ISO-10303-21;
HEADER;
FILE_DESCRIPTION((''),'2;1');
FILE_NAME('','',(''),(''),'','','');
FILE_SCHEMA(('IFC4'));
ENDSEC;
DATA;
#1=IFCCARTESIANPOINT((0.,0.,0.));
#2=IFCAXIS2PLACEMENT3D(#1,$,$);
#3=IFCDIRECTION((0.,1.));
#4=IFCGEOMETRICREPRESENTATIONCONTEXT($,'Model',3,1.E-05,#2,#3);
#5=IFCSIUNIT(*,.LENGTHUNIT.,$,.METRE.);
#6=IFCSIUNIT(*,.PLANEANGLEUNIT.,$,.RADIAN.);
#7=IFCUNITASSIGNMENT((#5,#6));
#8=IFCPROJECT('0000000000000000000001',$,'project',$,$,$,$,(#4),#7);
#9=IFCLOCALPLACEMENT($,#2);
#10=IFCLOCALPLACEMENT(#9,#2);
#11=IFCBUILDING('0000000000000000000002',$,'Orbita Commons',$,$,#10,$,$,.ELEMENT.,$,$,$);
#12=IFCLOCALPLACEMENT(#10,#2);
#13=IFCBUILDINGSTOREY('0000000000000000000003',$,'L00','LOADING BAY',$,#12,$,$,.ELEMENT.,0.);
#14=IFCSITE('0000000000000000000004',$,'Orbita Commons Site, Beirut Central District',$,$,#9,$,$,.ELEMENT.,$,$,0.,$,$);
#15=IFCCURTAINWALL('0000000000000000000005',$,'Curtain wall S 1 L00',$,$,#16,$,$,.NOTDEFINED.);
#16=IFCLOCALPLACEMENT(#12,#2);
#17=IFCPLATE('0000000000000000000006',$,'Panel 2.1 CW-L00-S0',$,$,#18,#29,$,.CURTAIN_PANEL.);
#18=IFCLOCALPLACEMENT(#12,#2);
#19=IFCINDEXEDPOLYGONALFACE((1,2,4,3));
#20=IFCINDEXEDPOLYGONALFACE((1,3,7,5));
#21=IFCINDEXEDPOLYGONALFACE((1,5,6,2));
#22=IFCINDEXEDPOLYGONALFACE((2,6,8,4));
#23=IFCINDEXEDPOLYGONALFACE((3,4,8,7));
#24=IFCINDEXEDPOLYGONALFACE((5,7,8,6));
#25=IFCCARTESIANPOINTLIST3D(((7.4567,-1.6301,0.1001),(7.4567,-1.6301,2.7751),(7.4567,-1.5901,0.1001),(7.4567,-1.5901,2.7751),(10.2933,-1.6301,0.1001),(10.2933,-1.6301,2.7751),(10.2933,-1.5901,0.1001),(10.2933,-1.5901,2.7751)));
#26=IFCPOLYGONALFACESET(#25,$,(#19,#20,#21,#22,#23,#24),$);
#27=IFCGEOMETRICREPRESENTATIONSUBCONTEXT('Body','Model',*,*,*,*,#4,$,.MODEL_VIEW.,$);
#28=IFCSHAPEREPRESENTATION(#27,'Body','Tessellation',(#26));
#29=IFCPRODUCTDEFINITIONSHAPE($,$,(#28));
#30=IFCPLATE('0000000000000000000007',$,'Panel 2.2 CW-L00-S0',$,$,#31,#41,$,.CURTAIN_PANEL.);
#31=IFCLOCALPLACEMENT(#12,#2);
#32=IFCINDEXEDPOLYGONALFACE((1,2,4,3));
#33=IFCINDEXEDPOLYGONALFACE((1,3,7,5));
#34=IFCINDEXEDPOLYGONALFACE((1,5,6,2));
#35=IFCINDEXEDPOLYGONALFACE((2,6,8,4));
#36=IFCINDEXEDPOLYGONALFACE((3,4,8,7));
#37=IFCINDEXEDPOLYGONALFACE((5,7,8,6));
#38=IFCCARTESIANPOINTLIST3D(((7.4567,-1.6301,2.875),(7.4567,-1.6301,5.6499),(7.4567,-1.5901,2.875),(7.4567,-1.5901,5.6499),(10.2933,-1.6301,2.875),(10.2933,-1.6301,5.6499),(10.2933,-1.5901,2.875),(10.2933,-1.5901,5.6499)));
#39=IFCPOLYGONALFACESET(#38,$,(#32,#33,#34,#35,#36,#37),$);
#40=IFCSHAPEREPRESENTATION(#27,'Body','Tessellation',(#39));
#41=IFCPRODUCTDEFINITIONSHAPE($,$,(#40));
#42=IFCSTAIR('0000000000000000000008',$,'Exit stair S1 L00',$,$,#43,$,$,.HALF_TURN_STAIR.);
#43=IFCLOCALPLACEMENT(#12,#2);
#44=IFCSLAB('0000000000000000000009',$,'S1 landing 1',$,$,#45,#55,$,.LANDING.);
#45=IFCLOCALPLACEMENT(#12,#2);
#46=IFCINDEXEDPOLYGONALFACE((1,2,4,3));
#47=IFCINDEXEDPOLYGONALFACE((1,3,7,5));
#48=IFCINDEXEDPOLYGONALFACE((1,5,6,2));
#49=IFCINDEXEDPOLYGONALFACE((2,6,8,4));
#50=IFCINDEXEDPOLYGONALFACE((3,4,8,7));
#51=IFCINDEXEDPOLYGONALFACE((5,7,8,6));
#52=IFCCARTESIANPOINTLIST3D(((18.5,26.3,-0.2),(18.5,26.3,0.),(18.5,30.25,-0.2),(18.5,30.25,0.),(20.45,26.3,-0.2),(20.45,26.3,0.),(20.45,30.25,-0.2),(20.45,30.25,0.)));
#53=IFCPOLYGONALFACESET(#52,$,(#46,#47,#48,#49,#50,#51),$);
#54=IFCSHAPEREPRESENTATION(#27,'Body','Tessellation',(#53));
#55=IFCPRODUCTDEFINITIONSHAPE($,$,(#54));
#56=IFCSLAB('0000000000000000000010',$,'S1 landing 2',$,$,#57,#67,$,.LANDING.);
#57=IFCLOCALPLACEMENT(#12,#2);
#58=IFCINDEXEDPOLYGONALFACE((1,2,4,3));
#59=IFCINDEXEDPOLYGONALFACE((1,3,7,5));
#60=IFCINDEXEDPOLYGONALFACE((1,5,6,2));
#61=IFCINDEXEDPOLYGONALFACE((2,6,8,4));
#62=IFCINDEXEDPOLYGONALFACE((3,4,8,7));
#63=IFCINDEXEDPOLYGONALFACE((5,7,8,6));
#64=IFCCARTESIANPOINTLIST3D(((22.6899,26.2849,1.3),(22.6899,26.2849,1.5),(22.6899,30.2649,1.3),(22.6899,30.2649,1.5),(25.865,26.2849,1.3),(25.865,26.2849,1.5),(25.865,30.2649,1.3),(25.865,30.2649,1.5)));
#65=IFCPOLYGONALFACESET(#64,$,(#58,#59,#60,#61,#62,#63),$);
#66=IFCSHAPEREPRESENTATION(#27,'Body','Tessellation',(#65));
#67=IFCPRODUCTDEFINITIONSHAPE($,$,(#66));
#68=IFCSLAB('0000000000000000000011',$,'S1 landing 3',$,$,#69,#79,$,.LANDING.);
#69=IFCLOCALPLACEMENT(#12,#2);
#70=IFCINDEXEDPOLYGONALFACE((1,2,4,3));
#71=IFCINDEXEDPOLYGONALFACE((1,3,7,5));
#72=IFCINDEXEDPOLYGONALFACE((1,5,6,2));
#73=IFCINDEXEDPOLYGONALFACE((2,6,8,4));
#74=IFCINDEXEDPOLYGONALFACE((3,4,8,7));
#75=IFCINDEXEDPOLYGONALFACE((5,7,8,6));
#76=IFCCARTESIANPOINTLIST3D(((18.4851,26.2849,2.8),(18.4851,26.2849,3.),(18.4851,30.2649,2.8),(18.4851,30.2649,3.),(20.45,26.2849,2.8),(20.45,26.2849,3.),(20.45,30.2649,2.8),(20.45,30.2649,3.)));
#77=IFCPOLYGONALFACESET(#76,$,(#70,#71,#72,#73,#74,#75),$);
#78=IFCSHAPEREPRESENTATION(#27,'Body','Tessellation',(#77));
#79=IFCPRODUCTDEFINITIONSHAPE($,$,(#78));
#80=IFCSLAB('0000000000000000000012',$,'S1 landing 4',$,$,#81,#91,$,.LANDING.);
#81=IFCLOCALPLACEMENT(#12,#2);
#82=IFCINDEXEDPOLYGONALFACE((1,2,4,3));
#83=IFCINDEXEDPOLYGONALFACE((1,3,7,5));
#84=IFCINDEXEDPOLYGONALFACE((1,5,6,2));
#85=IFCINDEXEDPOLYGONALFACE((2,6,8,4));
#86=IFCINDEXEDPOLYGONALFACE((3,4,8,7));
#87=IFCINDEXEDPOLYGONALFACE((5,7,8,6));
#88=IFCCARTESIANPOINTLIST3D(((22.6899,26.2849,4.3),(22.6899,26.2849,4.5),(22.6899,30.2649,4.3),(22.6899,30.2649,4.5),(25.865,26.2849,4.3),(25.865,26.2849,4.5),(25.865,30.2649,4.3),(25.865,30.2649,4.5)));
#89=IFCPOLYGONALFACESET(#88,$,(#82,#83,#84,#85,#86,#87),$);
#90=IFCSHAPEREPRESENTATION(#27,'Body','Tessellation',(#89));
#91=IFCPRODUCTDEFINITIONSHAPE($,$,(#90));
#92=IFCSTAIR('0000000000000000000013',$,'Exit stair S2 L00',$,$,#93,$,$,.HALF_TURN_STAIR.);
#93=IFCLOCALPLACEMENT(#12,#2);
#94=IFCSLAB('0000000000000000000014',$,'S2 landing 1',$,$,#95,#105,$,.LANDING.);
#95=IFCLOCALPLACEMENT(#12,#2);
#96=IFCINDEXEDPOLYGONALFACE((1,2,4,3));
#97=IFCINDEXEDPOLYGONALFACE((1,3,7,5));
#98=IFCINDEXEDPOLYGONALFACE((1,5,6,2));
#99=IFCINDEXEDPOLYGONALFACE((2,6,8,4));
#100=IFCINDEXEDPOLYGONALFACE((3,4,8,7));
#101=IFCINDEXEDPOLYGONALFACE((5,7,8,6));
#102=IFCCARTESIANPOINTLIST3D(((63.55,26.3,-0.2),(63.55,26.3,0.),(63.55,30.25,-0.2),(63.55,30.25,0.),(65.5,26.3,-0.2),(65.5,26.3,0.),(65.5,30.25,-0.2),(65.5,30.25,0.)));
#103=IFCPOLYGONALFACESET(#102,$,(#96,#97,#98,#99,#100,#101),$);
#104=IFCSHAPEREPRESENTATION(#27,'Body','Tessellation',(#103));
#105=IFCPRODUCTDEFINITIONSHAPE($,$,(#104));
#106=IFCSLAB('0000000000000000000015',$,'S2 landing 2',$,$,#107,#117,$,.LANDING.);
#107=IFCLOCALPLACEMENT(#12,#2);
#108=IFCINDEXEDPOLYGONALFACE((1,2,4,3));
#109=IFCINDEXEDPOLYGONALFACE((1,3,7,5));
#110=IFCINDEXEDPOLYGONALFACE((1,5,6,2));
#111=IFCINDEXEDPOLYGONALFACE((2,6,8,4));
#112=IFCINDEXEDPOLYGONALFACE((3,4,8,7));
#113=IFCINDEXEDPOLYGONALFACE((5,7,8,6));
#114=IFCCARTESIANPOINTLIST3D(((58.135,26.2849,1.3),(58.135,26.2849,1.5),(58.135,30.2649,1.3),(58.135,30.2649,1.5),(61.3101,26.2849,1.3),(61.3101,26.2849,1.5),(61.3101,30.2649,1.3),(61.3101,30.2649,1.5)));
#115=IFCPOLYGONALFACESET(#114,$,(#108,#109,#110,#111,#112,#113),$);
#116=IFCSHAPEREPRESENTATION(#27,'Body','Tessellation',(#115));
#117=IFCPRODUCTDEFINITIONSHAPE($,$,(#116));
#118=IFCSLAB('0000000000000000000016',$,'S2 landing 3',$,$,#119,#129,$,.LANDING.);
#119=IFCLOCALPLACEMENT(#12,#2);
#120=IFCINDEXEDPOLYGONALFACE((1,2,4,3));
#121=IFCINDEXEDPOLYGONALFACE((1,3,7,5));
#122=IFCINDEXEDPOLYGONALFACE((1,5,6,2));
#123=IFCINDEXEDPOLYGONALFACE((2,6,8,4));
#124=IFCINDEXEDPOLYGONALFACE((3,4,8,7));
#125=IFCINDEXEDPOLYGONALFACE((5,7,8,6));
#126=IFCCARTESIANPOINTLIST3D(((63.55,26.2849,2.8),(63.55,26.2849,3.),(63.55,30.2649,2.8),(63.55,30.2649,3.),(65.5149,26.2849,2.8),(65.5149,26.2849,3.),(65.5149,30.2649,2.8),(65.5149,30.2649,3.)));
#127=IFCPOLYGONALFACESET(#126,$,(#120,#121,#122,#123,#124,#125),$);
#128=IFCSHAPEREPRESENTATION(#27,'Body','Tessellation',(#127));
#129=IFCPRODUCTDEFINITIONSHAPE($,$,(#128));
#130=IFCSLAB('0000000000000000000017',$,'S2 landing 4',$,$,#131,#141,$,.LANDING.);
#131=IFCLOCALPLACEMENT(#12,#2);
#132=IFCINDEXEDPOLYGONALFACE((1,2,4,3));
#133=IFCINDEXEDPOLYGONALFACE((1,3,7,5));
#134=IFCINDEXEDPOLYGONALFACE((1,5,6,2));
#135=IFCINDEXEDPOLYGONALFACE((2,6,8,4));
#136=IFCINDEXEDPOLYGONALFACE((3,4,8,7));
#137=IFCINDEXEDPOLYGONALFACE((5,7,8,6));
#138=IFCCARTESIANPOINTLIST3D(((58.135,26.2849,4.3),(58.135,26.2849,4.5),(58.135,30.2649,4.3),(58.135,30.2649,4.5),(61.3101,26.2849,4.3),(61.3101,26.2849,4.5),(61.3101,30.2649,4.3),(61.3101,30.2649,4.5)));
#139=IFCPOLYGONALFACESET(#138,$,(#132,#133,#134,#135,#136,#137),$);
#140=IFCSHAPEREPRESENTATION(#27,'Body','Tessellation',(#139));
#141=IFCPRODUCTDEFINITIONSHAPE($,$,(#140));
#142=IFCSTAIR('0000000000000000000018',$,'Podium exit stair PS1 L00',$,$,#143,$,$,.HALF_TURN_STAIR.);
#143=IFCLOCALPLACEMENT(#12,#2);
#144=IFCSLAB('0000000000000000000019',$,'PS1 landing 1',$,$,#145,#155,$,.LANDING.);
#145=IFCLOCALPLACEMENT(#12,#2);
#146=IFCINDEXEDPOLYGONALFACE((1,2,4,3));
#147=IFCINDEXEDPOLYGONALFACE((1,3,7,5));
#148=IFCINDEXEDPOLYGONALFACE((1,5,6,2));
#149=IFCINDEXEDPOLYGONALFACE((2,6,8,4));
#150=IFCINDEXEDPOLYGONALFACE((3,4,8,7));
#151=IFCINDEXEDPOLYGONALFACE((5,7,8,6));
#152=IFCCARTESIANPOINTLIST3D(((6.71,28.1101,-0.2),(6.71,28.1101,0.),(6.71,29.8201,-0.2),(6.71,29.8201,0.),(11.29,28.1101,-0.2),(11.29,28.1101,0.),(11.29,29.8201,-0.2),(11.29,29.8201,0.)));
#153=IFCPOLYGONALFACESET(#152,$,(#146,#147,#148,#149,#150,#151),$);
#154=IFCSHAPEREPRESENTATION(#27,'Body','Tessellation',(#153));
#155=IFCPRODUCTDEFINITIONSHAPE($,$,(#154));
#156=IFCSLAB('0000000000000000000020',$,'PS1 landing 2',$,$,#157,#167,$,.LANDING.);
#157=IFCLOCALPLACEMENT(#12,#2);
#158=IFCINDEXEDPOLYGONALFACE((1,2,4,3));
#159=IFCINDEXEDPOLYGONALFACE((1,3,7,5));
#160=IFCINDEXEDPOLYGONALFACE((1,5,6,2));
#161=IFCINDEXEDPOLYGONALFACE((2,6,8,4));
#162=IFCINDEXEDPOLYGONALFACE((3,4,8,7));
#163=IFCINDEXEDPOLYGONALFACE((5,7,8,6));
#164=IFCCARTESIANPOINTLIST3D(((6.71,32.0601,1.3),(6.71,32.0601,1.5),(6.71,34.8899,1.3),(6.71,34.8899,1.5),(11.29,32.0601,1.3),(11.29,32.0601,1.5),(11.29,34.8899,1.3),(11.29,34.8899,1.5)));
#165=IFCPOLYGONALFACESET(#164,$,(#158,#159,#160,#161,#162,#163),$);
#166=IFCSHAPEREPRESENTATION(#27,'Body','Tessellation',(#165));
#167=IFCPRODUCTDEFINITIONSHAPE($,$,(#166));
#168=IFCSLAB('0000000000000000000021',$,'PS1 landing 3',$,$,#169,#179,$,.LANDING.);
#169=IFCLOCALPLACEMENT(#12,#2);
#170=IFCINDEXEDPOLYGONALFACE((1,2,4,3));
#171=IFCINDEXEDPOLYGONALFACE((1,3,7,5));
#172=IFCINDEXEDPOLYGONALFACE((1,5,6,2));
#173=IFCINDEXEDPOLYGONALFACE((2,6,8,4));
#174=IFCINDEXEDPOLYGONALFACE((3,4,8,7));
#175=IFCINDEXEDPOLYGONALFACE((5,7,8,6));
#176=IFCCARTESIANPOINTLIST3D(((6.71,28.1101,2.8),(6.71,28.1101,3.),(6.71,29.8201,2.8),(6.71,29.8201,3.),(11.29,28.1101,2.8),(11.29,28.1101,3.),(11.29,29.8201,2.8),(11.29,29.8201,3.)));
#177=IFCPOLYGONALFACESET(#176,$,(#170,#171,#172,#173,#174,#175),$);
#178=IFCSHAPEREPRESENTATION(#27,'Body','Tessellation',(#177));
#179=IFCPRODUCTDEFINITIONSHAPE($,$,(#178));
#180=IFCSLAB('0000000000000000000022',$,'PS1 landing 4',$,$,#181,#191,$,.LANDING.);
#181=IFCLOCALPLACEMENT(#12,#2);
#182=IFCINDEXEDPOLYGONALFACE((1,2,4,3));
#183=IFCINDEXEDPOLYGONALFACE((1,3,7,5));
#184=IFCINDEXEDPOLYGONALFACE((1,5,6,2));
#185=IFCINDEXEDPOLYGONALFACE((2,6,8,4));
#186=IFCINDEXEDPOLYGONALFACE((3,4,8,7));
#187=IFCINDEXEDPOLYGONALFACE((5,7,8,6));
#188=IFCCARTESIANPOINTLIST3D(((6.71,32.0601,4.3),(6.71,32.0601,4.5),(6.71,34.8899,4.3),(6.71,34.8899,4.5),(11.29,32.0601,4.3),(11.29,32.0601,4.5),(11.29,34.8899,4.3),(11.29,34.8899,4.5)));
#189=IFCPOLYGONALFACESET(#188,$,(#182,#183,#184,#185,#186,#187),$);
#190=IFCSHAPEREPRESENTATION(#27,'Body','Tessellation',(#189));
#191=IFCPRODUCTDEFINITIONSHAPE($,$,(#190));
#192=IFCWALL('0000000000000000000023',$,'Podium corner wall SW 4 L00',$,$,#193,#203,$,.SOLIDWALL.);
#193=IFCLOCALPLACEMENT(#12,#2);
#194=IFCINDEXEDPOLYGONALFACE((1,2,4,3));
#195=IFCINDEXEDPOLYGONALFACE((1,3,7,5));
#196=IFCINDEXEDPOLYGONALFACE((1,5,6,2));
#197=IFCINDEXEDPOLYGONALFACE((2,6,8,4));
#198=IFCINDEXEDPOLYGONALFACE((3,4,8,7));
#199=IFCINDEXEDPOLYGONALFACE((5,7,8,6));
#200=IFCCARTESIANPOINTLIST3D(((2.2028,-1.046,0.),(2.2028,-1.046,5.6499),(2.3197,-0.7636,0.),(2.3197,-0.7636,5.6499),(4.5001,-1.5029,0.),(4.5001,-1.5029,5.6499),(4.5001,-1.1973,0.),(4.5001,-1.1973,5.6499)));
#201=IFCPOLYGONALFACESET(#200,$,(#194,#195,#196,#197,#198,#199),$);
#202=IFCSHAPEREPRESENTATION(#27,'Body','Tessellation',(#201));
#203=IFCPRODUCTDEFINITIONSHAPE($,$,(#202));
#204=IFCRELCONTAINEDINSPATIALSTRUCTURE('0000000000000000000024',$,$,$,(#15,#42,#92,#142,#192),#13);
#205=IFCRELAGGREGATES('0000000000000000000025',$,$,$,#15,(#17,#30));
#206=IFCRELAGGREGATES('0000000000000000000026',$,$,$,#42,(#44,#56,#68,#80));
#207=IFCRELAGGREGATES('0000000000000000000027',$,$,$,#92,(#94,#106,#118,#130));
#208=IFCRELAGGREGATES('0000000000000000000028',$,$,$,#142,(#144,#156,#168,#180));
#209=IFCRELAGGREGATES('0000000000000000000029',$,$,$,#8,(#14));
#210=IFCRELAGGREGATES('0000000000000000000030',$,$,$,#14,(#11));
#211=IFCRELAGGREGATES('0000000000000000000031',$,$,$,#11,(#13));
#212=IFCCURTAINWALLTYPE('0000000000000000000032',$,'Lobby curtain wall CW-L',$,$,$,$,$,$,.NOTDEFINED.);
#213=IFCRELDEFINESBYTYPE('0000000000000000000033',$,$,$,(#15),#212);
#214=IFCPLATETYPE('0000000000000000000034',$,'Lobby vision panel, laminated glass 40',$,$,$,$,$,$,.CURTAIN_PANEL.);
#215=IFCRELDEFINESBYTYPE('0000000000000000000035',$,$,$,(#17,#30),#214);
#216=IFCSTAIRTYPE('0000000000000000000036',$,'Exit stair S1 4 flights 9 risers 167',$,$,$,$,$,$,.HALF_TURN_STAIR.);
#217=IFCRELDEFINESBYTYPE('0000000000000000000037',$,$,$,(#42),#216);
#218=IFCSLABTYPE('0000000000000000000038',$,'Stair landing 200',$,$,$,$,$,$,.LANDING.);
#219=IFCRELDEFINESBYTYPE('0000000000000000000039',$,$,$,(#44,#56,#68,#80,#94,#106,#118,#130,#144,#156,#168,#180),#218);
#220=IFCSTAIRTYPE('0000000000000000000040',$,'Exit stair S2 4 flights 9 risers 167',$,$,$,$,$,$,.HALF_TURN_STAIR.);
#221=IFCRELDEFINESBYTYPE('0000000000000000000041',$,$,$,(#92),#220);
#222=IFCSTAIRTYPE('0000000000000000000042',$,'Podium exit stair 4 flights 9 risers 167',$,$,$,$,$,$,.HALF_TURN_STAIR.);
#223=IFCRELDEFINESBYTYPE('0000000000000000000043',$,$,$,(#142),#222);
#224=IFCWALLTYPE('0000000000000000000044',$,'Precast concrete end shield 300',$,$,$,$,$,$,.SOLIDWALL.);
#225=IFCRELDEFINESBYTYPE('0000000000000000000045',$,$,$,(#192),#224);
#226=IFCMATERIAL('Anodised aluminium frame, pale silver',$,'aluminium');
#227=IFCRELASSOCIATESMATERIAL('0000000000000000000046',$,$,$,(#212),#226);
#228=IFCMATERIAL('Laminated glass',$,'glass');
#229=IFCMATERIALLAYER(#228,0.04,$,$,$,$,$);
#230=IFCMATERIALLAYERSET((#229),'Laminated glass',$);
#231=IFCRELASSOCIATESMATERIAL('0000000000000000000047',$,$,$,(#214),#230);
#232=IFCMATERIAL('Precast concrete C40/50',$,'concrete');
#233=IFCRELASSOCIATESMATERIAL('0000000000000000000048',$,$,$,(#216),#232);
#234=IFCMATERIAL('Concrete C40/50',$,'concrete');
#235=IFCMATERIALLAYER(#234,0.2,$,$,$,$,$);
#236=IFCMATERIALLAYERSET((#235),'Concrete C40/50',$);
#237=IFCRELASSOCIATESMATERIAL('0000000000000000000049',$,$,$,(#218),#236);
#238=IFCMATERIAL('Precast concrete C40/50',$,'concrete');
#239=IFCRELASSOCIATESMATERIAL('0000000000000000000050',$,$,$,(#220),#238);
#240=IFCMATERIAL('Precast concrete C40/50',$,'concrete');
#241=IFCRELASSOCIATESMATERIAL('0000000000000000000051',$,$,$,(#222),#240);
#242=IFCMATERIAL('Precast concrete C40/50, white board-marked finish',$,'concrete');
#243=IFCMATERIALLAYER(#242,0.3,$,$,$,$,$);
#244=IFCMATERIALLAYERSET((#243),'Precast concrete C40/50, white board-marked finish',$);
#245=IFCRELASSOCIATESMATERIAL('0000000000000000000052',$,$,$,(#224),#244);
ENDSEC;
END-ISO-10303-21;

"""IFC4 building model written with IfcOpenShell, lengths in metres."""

from ifc_helpers import new_model, si_unit, direction, frame, origin, origin_2d, place, context, subcontext, project, spatial, polyline, rectangle, outline, extrude, material, layer, layer_set, type_object, element, aggregate, save


model = new_model("IFC4")

# Units and contexts
model_context = context("Model", 3, precision=1e-05, world=origin(), true_north=direction((0.0, 1.0)))
body_context = subcontext(model_context, "Body", "Model", "MODEL_VIEW")
ifc_project = project(units=[si_unit("LENGTHUNIT", "METRE"), si_unit("PLANEANGLEUNIT", "RADIAN")], contexts=[model_context])

# Site, building, storey
site_placement = place(None, origin())
site = spatial("IfcSite", under=ifc_project, at=site_placement, Name="Orbita Commons Site, Beirut Central District", CompositionType="ELEMENT", RefElevation=0.0)
building_placement = place(site_placement, origin())
building = spatial("IfcBuilding", under=site, at=building_placement, Name="Orbita Commons", CompositionType="ELEMENT")
storey_placement = place(building_placement, origin())
storey = spatial("IfcBuildingStorey", under=building, at=storey_placement, Name="L00", Description="LOADING BAY", CompositionType="ELEMENT", Elevation=0.0)

# Curtain wall
ifc_material_1 = material(Name="Anodised aluminium frame, pale silver", Category="aluminium")
curtain_wall_type = type_object("IfcCurtainWallType", Name="Lobby curtain wall CW-L", PredefinedType="NOTDEFINED", material=ifc_material_1)
curtain_wall_placement = place(storey_placement, origin())
curtain_wall = element("IfcCurtainWall", 1, at=curtain_wall_placement, inside=storey, type_object=curtain_wall_type, Name="Curtain wall S 1 L00", PredefinedType="NOTDEFINED")

# Plates
ifc_material_2 = material(Name="Laminated glass", Category="glass")
ifc_layer_1 = layer(ifc_material_2, 0.04)
ifc_layer_set_1 = layer_set([ifc_layer_1], Name="Laminated glass")
plate_type = type_object("IfcPlateType", Name="Lobby vision panel, laminated glass 40", PredefinedType="CURTAIN_PANEL", material=ifc_layer_set_1)
plate_1_placement = place(storey_placement, frame((8.875, -1.6101, 0.1001), z_axis=(0.0, 0.0, 1.0), x_axis=(1.0, 0.0, 0.0)))
plate_1 = element("IfcPlate", 2, at=plate_1_placement, type_object=plate_type, Name="Panel 2.1 CW-L00-S0", PredefinedType="CURTAIN_PANEL", context=body_context, shape_type="SweptSolid", body=[
    extrude(rectangle(XDim=2.8367, YDim=0.04, at=origin_2d()), origin(), (0.0, 0.0, 1.0), 2.675),
])
plate_2_placement = place(storey_placement, frame((8.875, -1.6101, 2.875), z_axis=(0.0, 0.0, 1.0), x_axis=(1.0, 0.0, 0.0)))
plate_2 = element("IfcPlate", 3, at=plate_2_placement, type_object=plate_type, Name="Panel 2.2 CW-L00-S0", PredefinedType="CURTAIN_PANEL", context=body_context, shape_type="SweptSolid", body=[
    extrude(rectangle(XDim=2.8367, YDim=0.04, at=origin_2d()), origin(), (0.0, 0.0, 1.0), 2.7749),
])
aggregate(curtain_wall, [plate_1, plate_2])

# Stairs, slabs
ifc_material_3 = material(Name="Precast concrete C40/50", Category="concrete")
stair_type_1 = type_object("IfcStairType", Name="Exit stair S1 4 flights 9 risers 167", PredefinedType="HALF_TURN_STAIR", material=ifc_material_3)
stair_1_placement = place(storey_placement, origin())
stair_1 = element("IfcStair", 4, at=stair_1_placement, inside=storey, type_object=stair_type_1, Name="Exit stair S1 L00", PredefinedType="HALF_TURN_STAIR")
ifc_material_4 = material(Name="Concrete C40/50", Category="concrete")
ifc_layer_2 = layer(ifc_material_4, 0.2)
ifc_layer_set_2 = layer_set([ifc_layer_2], Name="Concrete C40/50")
slab_type_1 = type_object("IfcSlabType", Name="Stair landing 200", PredefinedType="LANDING", material=ifc_layer_set_2)
slab_1_placement = place(storey_placement, frame((0.0, 0.0, -0.2)))
slab_1 = element("IfcSlab", 5, at=slab_1_placement, type_object=slab_type_1, Name="S1 landing 1", PredefinedType="LANDING", context=body_context, shape_type="SweptSolid", body=[
    extrude(outline(polyline([(18.5, 26.3), (20.45, 26.3), (20.45, 30.25), (18.5, 30.25), (18.5, 26.3)])), origin(), (0.0, 0.0, 1.0), 0.2),
])
slab_2_placement = place(storey_placement, frame((0.0, 0.0, 1.3)))
slab_2 = element("IfcSlab", 6, at=slab_2_placement, type_object=slab_type_1, Name="S1 landing 2", PredefinedType="LANDING", context=body_context, shape_type="SweptSolid", body=[
    extrude(outline(polyline([(22.6899, 26.2849), (25.865, 26.2849), (25.865, 30.2649), (22.6899, 30.2649), (22.6899, 26.2849)])), origin(), (0.0, 0.0, 1.0), 0.2),
])
slab_3_placement = place(storey_placement, frame((0.0, 0.0, 2.8)))
slab_3 = element("IfcSlab", 7, at=slab_3_placement, type_object=slab_type_1, Name="S1 landing 3", PredefinedType="LANDING", context=body_context, shape_type="SweptSolid", body=[
    extrude(outline(polyline([(18.4851, 26.2849), (20.45, 26.2849), (20.45, 30.2649), (18.4851, 30.2649), (18.4851, 26.2849)])), origin(), (0.0, 0.0, 1.0), 0.2),
])
slab_4_placement = place(storey_placement, frame((0.0, 0.0, 4.3)))
slab_4 = element("IfcSlab", 8, at=slab_4_placement, type_object=slab_type_1, Name="S1 landing 4", PredefinedType="LANDING", context=body_context, shape_type="SweptSolid", body=[
    extrude(outline(polyline([(22.6899, 26.2849), (25.865, 26.2849), (25.865, 30.2649), (22.6899, 30.2649), (22.6899, 26.2849)])), origin(), (0.0, 0.0, 1.0), 0.2),
])
aggregate(stair_1, [slab_1, slab_2, slab_3, slab_4])
ifc_material_5 = material(Name="Precast concrete C40/50", Category="concrete")
stair_type_2 = type_object("IfcStairType", Name="Exit stair S2 4 flights 9 risers 167", PredefinedType="HALF_TURN_STAIR", material=ifc_material_5)
stair_2_placement = place(storey_placement, origin())
stair_2 = element("IfcStair", 9, at=stair_2_placement, inside=storey, type_object=stair_type_2, Name="Exit stair S2 L00", PredefinedType="HALF_TURN_STAIR")
slab_5_placement = place(storey_placement, frame((0.0, 0.0, -0.2)))
slab_5 = element("IfcSlab", 10, at=slab_5_placement, type_object=slab_type_1, Name="S2 landing 1", PredefinedType="LANDING", context=body_context, shape_type="SweptSolid", body=[
    extrude(outline(polyline([(63.55, 26.3), (65.5, 26.3), (65.5, 30.25), (63.55, 30.25), (63.55, 26.3)])), origin(), (0.0, 0.0, 1.0), 0.2),
])
slab_6_placement = place(storey_placement, frame((0.0, 0.0, 1.3)))
slab_6 = element("IfcSlab", 11, at=slab_6_placement, type_object=slab_type_1, Name="S2 landing 2", PredefinedType="LANDING", context=body_context, shape_type="SweptSolid", body=[
    extrude(outline(polyline([(58.135, 26.2849), (61.3101, 26.2849), (61.3101, 30.2649), (58.135, 30.2649), (58.135, 26.2849)])), origin(), (0.0, 0.0, 1.0), 0.2),
])
slab_7_placement = place(storey_placement, frame((0.0, 0.0, 2.8)))
slab_7 = element("IfcSlab", 12, at=slab_7_placement, type_object=slab_type_1, Name="S2 landing 3", PredefinedType="LANDING", context=body_context, shape_type="SweptSolid", body=[
    extrude(outline(polyline([(63.55, 26.2849), (65.5149, 26.2849), (65.5149, 30.2649), (63.55, 30.2649), (63.55, 26.2849)])), origin(), (0.0, 0.0, 1.0), 0.2),
])
slab_8_placement = place(storey_placement, frame((0.0, 0.0, 4.3)))
slab_8 = element("IfcSlab", 13, at=slab_8_placement, type_object=slab_type_1, Name="S2 landing 4", PredefinedType="LANDING", context=body_context, shape_type="SweptSolid", body=[
    extrude(outline(polyline([(58.135, 26.2849), (61.3101, 26.2849), (61.3101, 30.2649), (58.135, 30.2649), (58.135, 26.2849)])), origin(), (0.0, 0.0, 1.0), 0.2),
])
aggregate(stair_2, [slab_5, slab_6, slab_7, slab_8])
ifc_material_6 = material(Name="Precast concrete C40/50", Category="concrete")
stair_type_3 = type_object("IfcStairType", Name="Podium exit stair 4 flights 9 risers 167", PredefinedType="HALF_TURN_STAIR", material=ifc_material_6)
stair_3_placement = place(storey_placement, origin())
stair_3 = element("IfcStair", 14, at=stair_3_placement, inside=storey, type_object=stair_type_3, Name="Podium exit stair PS1 L00", PredefinedType="HALF_TURN_STAIR")
slab_9_placement = place(storey_placement, frame((0.0, 0.0, -0.2)))
slab_9 = element("IfcSlab", 15, at=slab_9_placement, type_object=slab_type_1, Name="PS1 landing 1", PredefinedType="LANDING", context=body_context, shape_type="SweptSolid", body=[
    extrude(outline(polyline([(6.71, 28.1101), (11.29, 28.1101), (11.29, 29.8201), (6.71, 29.8201), (6.71, 28.1101)])), origin(), (0.0, 0.0, 1.0), 0.2),
])
slab_10_placement = place(storey_placement, frame((0.0, 0.0, 1.3)))
slab_10 = element("IfcSlab", 16, at=slab_10_placement, type_object=slab_type_1, Name="PS1 landing 2", PredefinedType="LANDING", context=body_context, shape_type="SweptSolid", body=[
    extrude(outline(polyline([(6.71, 32.0601), (11.29, 32.0601), (11.29, 34.8899), (6.71, 34.8899), (6.71, 32.0601)])), origin(), (0.0, 0.0, 1.0), 0.2),
])
slab_11_placement = place(storey_placement, frame((0.0, 0.0, 2.8)))
slab_11 = element("IfcSlab", 17, at=slab_11_placement, type_object=slab_type_1, Name="PS1 landing 3", PredefinedType="LANDING", context=body_context, shape_type="SweptSolid", body=[
    extrude(outline(polyline([(6.71, 28.1101), (11.29, 28.1101), (11.29, 29.8201), (6.71, 29.8201), (6.71, 28.1101)])), origin(), (0.0, 0.0, 1.0), 0.2),
])
slab_12_placement = place(storey_placement, frame((0.0, 0.0, 4.3)))
slab_12 = element("IfcSlab", 18, at=slab_12_placement, type_object=slab_type_1, Name="PS1 landing 4", PredefinedType="LANDING", context=body_context, shape_type="SweptSolid", body=[
    extrude(outline(polyline([(6.71, 32.0601), (11.29, 32.0601), (11.29, 34.8899), (6.71, 34.8899), (6.71, 32.0601)])), origin(), (0.0, 0.0, 1.0), 0.2),
])
aggregate(stair_3, [slab_9, slab_10, slab_11, slab_12])

# Wall
ifc_material_7 = material(Name="Precast concrete C40/50, white board-marked finish", Category="concrete")
ifc_layer_3 = layer(ifc_material_7, 0.3)
ifc_layer_set_3 = layer_set([ifc_layer_3], Name="Precast concrete C40/50, white board-marked finish")
wall_type = type_object("IfcWallType", Name="Precast concrete end shield 300", PredefinedType="SOLIDWALL", material=ifc_layer_set_3)
wall_1_placement = place(storey_placement, frame((2.2612, -0.9048, 0.0), z_axis=(0.0, 0.0, 1.0), x_axis=(0.980786, -0.195088, 0.0)))
element("IfcWall", 19, at=wall_1_placement, inside=storey, type_object=wall_type, Name="Podium corner wall SW 4 L00", PredefinedType="SOLIDWALL", context=body_context, shape_type="SweptSolid", body=[
    extrude(outline(polyline([(-0.0298, -0.1499), (2.3125, -0.1499), (2.2529, 0.1499), (0.0298, 0.1499), (-0.0298, -0.1499)])), origin(), (0.0, 0.0, 1.0), 5.6499),
])

save(model, "model.ifc")
